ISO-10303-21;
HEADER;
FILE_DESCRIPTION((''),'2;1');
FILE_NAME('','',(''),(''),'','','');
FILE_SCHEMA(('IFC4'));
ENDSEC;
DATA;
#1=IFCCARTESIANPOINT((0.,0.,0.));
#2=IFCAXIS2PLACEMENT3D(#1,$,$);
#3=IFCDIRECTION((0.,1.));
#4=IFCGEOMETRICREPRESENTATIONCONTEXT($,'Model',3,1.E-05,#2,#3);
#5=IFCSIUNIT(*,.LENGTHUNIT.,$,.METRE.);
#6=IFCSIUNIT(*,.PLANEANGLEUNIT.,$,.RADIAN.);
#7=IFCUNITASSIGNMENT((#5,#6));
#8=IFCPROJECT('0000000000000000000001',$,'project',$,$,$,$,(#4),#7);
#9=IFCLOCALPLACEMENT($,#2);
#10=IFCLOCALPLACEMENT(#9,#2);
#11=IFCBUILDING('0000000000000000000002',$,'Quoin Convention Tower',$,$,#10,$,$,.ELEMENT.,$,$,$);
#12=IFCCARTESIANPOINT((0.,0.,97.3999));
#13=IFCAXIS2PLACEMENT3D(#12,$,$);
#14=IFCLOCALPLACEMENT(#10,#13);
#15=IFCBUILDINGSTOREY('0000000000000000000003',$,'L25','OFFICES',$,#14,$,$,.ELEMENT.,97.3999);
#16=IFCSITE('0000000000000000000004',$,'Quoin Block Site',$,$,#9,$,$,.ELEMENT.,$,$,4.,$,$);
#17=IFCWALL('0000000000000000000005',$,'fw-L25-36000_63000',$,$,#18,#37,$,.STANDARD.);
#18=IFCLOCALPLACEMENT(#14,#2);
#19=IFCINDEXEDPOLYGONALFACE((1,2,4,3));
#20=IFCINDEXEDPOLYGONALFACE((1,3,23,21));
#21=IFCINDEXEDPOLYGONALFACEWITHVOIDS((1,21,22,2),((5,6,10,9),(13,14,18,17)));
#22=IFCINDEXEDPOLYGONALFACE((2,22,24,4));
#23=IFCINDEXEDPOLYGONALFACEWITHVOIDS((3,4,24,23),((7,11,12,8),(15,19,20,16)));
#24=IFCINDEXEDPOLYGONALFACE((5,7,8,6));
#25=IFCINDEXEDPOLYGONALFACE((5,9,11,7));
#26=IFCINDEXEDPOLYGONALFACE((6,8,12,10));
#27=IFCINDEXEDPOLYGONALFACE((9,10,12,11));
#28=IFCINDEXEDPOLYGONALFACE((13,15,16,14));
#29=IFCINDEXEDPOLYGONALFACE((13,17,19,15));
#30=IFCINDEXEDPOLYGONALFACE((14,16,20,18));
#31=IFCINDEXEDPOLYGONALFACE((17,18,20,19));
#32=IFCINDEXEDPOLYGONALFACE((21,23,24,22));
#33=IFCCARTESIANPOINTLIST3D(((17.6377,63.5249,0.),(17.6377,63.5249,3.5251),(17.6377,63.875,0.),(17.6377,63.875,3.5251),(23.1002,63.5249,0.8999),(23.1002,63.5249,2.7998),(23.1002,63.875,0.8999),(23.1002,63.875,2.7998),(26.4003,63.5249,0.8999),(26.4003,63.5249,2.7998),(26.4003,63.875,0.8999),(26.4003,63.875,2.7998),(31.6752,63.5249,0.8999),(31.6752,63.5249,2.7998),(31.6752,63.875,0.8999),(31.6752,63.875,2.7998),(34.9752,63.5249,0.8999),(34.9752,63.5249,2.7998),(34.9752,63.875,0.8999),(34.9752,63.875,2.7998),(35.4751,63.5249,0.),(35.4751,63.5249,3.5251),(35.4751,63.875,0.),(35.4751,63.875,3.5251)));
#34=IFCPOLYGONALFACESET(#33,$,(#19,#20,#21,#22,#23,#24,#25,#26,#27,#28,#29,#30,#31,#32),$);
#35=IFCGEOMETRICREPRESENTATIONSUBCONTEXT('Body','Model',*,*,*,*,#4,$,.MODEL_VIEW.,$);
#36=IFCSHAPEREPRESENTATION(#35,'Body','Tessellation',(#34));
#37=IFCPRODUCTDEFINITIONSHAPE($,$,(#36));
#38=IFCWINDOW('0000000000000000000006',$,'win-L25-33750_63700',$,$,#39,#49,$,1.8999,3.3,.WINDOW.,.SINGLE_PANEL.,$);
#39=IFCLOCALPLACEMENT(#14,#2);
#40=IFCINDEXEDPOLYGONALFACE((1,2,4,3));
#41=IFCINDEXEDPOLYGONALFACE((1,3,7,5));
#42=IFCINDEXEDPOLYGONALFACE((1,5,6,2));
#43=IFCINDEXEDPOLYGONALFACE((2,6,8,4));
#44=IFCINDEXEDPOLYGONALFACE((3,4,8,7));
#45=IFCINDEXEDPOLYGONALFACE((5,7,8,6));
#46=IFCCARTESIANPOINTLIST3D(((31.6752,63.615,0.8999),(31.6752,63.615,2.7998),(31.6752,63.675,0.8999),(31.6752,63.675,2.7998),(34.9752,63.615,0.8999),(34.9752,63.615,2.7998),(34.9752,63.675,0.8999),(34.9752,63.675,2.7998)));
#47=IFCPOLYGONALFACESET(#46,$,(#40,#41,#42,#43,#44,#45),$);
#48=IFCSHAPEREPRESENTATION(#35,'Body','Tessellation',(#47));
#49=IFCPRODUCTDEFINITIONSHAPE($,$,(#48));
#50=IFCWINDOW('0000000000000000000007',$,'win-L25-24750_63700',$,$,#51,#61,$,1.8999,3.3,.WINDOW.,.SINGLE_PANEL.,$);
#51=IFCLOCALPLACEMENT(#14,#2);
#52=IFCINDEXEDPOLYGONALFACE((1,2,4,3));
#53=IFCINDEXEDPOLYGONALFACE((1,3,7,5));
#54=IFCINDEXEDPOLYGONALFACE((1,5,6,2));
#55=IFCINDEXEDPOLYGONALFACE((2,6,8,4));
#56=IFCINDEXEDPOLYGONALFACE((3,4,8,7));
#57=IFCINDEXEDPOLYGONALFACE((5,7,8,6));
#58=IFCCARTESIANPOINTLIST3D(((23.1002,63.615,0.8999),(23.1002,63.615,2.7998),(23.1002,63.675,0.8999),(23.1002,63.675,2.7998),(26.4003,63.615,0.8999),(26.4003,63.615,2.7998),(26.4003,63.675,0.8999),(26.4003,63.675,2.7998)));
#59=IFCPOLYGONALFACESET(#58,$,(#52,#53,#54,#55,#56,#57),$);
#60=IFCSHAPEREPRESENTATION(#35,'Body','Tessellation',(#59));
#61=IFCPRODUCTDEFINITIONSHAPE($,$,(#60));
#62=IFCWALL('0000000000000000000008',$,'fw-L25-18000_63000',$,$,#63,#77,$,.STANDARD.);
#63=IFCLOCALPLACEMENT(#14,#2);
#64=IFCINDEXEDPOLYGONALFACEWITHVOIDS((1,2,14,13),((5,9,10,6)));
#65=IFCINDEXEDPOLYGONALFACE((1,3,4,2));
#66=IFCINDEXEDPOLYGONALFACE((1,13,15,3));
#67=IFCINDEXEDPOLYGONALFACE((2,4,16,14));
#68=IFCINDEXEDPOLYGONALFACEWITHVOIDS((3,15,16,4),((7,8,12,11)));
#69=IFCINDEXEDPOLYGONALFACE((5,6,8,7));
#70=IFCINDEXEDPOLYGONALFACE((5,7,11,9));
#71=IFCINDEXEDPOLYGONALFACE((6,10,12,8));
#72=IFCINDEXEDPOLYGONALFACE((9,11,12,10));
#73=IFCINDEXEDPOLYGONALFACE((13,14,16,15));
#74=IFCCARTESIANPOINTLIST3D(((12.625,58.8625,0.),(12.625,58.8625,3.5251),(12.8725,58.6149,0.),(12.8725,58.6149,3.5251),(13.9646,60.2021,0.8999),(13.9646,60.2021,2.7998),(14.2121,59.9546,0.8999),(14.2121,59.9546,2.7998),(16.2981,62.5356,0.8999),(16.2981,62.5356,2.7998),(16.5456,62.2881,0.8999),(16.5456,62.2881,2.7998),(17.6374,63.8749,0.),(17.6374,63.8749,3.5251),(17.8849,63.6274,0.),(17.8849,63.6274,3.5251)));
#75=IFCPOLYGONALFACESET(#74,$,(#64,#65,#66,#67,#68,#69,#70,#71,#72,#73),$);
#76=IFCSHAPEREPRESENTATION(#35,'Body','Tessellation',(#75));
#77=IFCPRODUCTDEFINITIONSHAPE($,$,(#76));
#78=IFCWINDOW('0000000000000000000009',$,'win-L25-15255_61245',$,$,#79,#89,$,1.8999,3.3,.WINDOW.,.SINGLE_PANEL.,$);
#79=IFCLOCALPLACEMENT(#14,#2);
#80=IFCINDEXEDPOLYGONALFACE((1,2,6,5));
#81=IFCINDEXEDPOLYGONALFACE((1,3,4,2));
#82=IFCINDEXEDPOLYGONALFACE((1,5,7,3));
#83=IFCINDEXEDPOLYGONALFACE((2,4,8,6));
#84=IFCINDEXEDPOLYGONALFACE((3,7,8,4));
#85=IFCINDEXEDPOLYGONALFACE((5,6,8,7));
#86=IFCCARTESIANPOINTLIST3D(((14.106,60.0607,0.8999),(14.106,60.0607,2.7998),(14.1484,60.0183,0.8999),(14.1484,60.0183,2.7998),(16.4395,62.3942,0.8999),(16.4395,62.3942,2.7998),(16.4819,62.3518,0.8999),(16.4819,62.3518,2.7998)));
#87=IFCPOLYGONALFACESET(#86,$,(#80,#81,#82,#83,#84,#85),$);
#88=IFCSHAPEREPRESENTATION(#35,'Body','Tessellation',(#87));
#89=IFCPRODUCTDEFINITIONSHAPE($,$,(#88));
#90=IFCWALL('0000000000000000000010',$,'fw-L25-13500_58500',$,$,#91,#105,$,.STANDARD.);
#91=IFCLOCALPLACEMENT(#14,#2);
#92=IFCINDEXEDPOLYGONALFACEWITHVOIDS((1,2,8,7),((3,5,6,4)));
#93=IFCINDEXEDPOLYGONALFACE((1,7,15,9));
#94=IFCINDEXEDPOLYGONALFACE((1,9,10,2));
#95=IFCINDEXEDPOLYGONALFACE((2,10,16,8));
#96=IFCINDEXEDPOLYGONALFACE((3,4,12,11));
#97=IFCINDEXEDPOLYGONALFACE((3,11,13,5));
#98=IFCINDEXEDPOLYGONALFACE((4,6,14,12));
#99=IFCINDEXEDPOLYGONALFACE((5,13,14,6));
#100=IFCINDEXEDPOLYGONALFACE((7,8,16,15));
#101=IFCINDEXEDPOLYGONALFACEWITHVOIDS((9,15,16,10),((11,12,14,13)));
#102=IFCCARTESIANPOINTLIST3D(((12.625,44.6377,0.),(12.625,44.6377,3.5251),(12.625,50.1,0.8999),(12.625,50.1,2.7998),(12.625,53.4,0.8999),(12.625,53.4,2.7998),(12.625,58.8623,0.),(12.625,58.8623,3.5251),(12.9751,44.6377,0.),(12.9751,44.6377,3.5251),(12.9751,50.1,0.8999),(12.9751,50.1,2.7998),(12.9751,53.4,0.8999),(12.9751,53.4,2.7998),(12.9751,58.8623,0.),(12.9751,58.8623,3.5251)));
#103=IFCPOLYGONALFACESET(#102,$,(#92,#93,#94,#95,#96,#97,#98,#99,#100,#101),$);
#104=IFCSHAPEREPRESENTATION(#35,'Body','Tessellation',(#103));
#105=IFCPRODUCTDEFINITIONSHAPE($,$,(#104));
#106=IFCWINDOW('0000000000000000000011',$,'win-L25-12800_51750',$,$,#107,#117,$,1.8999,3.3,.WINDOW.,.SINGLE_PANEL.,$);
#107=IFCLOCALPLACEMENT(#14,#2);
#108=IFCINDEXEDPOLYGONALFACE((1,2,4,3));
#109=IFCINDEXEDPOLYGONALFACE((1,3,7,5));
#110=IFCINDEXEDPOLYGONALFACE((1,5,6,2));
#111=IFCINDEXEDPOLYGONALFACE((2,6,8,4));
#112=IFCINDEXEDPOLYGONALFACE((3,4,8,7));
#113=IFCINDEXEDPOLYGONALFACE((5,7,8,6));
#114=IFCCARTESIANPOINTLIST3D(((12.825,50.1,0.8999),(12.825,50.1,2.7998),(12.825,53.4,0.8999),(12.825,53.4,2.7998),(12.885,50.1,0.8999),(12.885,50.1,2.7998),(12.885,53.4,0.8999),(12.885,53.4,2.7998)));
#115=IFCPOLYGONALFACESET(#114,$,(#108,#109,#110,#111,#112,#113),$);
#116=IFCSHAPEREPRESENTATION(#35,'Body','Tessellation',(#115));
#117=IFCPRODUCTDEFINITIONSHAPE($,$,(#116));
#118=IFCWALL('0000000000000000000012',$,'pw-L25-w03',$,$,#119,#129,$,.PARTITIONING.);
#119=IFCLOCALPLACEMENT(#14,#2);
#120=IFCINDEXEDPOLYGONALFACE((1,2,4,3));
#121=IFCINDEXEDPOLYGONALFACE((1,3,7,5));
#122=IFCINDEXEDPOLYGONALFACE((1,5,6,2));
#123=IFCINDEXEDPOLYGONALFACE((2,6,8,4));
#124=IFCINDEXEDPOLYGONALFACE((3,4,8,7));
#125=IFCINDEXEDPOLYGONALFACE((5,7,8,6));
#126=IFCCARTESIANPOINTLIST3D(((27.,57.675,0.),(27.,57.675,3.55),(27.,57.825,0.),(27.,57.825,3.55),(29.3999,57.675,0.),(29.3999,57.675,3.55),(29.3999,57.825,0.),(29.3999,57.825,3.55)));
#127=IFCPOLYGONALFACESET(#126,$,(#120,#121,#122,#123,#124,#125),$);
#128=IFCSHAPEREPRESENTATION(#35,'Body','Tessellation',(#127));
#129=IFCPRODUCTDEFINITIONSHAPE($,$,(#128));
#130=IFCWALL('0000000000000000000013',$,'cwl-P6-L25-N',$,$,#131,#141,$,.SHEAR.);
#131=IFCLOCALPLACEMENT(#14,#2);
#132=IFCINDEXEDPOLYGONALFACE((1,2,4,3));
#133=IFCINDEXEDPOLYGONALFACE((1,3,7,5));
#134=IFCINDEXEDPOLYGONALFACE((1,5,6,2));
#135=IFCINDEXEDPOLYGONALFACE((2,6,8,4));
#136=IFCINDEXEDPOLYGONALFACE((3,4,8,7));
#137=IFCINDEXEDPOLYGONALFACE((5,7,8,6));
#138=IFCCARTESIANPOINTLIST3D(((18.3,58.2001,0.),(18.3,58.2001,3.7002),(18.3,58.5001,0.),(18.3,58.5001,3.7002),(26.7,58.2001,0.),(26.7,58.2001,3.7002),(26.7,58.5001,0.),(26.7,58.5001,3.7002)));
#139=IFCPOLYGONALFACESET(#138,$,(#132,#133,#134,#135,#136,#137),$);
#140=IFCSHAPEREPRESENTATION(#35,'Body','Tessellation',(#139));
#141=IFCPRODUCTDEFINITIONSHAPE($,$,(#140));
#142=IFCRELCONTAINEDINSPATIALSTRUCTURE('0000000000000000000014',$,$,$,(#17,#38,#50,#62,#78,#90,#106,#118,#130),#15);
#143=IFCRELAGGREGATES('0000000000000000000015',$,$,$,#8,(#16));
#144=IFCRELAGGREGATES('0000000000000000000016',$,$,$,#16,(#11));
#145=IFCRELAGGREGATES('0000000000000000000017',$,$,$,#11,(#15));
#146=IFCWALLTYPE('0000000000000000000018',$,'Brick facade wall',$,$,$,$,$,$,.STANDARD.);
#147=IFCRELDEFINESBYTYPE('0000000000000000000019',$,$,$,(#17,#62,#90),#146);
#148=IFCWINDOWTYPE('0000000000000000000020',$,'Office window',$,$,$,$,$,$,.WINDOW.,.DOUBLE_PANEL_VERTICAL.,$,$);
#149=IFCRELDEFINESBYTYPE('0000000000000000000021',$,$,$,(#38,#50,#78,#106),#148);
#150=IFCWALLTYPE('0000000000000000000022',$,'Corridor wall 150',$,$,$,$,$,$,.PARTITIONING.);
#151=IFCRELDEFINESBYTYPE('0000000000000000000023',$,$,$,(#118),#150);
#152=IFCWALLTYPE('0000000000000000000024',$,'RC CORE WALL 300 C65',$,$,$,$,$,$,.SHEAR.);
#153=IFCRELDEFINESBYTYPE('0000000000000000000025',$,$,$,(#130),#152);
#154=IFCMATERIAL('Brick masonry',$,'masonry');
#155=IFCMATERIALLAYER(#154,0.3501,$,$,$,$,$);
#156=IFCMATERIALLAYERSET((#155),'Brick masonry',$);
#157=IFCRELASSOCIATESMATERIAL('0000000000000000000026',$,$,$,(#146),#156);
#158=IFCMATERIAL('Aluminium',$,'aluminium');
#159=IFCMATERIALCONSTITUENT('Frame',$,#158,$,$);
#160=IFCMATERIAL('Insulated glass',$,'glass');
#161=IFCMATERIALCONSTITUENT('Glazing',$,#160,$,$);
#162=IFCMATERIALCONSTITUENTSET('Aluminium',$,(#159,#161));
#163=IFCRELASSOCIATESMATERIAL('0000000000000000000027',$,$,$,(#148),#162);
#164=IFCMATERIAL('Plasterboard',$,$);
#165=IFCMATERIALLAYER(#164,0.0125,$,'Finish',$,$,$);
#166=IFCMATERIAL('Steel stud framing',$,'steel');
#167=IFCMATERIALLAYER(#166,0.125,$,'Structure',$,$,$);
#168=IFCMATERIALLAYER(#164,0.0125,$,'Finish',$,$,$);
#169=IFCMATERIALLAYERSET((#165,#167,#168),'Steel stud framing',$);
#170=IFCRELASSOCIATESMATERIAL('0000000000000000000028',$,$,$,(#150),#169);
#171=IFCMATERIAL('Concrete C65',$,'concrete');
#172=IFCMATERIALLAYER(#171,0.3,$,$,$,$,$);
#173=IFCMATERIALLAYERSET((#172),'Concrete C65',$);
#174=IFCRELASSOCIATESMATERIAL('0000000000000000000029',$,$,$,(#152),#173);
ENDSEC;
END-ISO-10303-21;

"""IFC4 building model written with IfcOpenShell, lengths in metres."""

from ifc_helpers import new_model, si_unit, direction, frame, frame_2d, origin, place, context, subcontext, project, spatial, rectangle, extrude, material, layer, layer_set, constituent, constituent_set, type_object, element, fill, save


model = new_model("IFC4")

# Units and contexts
model_context = context("Model", 3, precision=1e-05, world=origin(), true_north=direction((0.0, 1.0)))
body_context = subcontext(model_context, "Body", "Model", "MODEL_VIEW")
ifc_project = project(units=[si_unit("LENGTHUNIT", "METRE"), si_unit("PLANEANGLEUNIT", "RADIAN")], contexts=[model_context])

# Site, building, storey
site_placement = place(None, origin())
site = spatial("IfcSite", under=ifc_project, at=site_placement, Name="Quoin Block Site", CompositionType="ELEMENT", RefElevation=4.0)
building_placement = place(site_placement, origin())
building = spatial("IfcBuilding", under=site, at=building_placement, Name="Quoin Convention Tower", CompositionType="ELEMENT")
storey_placement = place(building_placement, frame((0.0, 0.0, 97.3999)))
storey = spatial("IfcBuildingStorey", under=building, at=storey_placement, Name="L25", Description="OFFICES", CompositionType="ELEMENT", Elevation=97.3999)

# Shared definitions
ifc_material_1 = material(Name="Concrete C65", Category="concrete")

# Shared definitions
ifc_material_2 = material(Name="Brick masonry", Category="masonry")
ifc_layer_1 = layer(ifc_material_2, 0.3501)
ifc_layer_set_1 = layer_set([ifc_layer_1], Name="Brick masonry")
wall_type_1 = type_object("IfcWallType", Name="Brick facade wall", PredefinedType="STANDARD", material=ifc_layer_set_1)
ifc_material_3 = material(Name="Aluminium", Category="aluminium")
ifc_constituent_1 = constituent(ifc_material_3, Name="Frame")
ifc_material_4 = material(Name="Insulated glass", Category="glass")
ifc_constituent_2 = constituent(ifc_material_4, Name="Glazing")
ifc_constituent_set = constituent_set(constituents=[ifc_constituent_1, ifc_constituent_2], Name="Aluminium")
window_type = type_object("IfcWindowType", Name="Office window", PartitioningType="DOUBLE_PANEL_VERTICAL", PredefinedType="WINDOW", material=ifc_constituent_set)

# Wall, openings, windows
wall_1_placement = place(storey_placement, frame((35.4751, 63.7, 0.0), z_axis=(0.0, 0.0, 1.0), x_axis=(-1.0, 0.0, 0.0)))
wall_1 = element("IfcWall", 1, at=wall_1_placement, inside=storey, type_object=wall_type_1, Name="fw-L25-36000_63000", PredefinedType="STANDARD", context=body_context, shape_type="SweptSolid", body=[
    extrude(rectangle(XDim=17.8374, YDim=0.3501, at=frame_2d((8.9187, 0.0))), origin(), (0.0, 0.0, 1.0), 3.5251),
])
opening_1_placement = place(wall_1_placement, frame((0.5, 0.0, 0.8999)))
opening_1 = element("IfcOpeningElement", 2, at=opening_1_placement, cuts=wall_1, PredefinedType="OPENING", context=body_context, shape_type="SweptSolid", body=[
    extrude(rectangle(XDim=3.3, YDim=1.8999, at=frame_2d((1.6499, 0.95))), frame((0.0, 0.1851, 0.0), z_axis=(0.0, -1.0, 0.0), x_axis=(1.0, 0.0, 0.0)), (0.0, 0.0, 1.0), 0.3701),
])
opening_2_placement = place(wall_1_placement, frame((9.075, 0.0, 0.8999)))
opening_2 = element("IfcOpeningElement", 3, at=opening_2_placement, cuts=wall_1, PredefinedType="OPENING", context=body_context, shape_type="SweptSolid", body=[
    extrude(rectangle(XDim=3.3, YDim=1.8999, at=frame_2d((1.6499, 0.95))), frame((0.0, 0.1851, 0.0), z_axis=(0.0, -1.0, 0.0), x_axis=(1.0, 0.0, 0.0)), (0.0, 0.0, 1.0), 0.3701),
])
window_1_placement = place(opening_1_placement, origin())
window_1 = element("IfcWindow", 4, at=window_1_placement, inside=storey, type_object=window_type, Name="win-L25-33750_63700", OverallHeight=1.8999, OverallWidth=3.3, PartitioningType="SINGLE_PANEL", PredefinedType="WINDOW", context=body_context, shape_type="SweptSolid", body=[
    extrude(rectangle(XDim=3.3, YDim=1.8999, at=frame_2d((1.6499, 0.95))), frame((0.0, 0.085, 0.0), z_axis=(0.0, -1.0, 0.0), x_axis=(1.0, 0.0, 0.0)), (0.0, 0.0, 1.0), 0.0601),
])
fill(opening_1, window_1)
window_2_placement = place(opening_2_placement, origin())
window_2 = element("IfcWindow", 5, at=window_2_placement, inside=storey, type_object=window_type, Name="win-L25-24750_63700", OverallHeight=1.8999, OverallWidth=3.3, PartitioningType="SINGLE_PANEL", PredefinedType="WINDOW", context=body_context, shape_type="SweptSolid", body=[
    extrude(rectangle(XDim=3.3, YDim=1.8999, at=frame_2d((1.6499, 0.95))), frame((0.0, 0.085, 0.0), z_axis=(0.0, -1.0, 0.0), x_axis=(1.0, 0.0, 0.0)), (0.0, 0.0, 1.0), 0.0601),
])
fill(opening_2, window_2)

# Walls, openings, windows
wall_2_placement = place(storey_placement, frame((17.7612, 63.7512, 0.0), z_axis=(0.0, 0.0, 1.0), x_axis=(-0.707107, -0.707107, 0.0)))
wall_2 = element("IfcWall", 6, at=wall_2_placement, inside=storey, type_object=wall_type_1, Name="fw-L25-18000_63000", PredefinedType="STANDARD", context=body_context, shape_type="SweptSolid", body=[
    extrude(rectangle(XDim=7.0886, YDim=0.3501, at=frame_2d((3.5444, 0.0))), origin(), (0.0, 0.0, 1.0), 3.5251),
])
opening_3_placement = place(wall_2_placement, frame((1.8943, 0.0, 0.8999)))
opening_3 = element("IfcOpeningElement", 7, at=opening_3_placement, cuts=wall_2, PredefinedType="OPENING", context=body_context, shape_type="SweptSolid", body=[
    extrude(rectangle(XDim=3.3, YDim=1.8999, at=frame_2d((1.6499, 0.95))), frame((0.0, 0.1851, 0.0), z_axis=(0.0, -1.0, 0.0), x_axis=(1.0, 0.0, 0.0)), (0.0, 0.0, 1.0), 0.3701),
])
window_3_placement = place(opening_3_placement, origin())
window_3 = element("IfcWindow", 8, at=window_3_placement, inside=storey, type_object=window_type, Name="win-L25-15255_61245", OverallHeight=1.8999, OverallWidth=3.3, PartitioningType="SINGLE_PANEL", PredefinedType="WINDOW", context=body_context, shape_type="SweptSolid", body=[
    extrude(rectangle(XDim=3.3, YDim=1.8999, at=frame_2d((1.6499, 0.95))), frame((0.0, 0.085, 0.0), z_axis=(0.0, -1.0, 0.0), x_axis=(1.0, 0.0, 0.0)), (0.0, 0.0, 1.0), 0.0601),
])
fill(opening_3, window_3)
wall_3_placement = place(storey_placement, frame((12.8, 58.8623, 0.0), z_axis=(0.0, 0.0, 1.0), x_axis=(0.0, -1.0, 0.0)))
wall_3 = element("IfcWall", 9, at=wall_3_placement, inside=storey, type_object=wall_type_1, Name="fw-L25-13500_58500", PredefinedType="STANDARD", context=body_context, shape_type="SweptSolid", body=[
    extrude(rectangle(XDim=14.2246, YDim=0.3501, at=frame_2d((7.1123, 0.0))), origin(), (0.0, 0.0, 1.0), 3.5251),
])
opening_4_placement = place(wall_3_placement, frame((5.4624, 0.0, 0.8999)))
opening_4 = element("IfcOpeningElement", 10, at=opening_4_placement, cuts=wall_3, PredefinedType="OPENING", context=body_context, shape_type="SweptSolid", body=[
    extrude(rectangle(XDim=3.3, YDim=1.8999, at=frame_2d((1.6499, 0.95))), frame((0.0, 0.1851, 0.0), z_axis=(0.0, -1.0, 0.0), x_axis=(1.0, 0.0, 0.0)), (0.0, 0.0, 1.0), 0.3701),
])
window_4_placement = place(opening_4_placement, origin())
window_4 = element("IfcWindow", 11, at=window_4_placement, inside=storey, type_object=window_type, Name="win-L25-12800_51750", OverallHeight=1.8999, OverallWidth=3.3, PartitioningType="SINGLE_PANEL", PredefinedType="WINDOW", context=body_context, shape_type="SweptSolid", body=[
    extrude(rectangle(XDim=3.3, YDim=1.8999, at=frame_2d((1.6499, 0.95))), frame((0.0, 0.085, 0.0), z_axis=(0.0, -1.0, 0.0), x_axis=(1.0, 0.0, 0.0)), (0.0, 0.0, 1.0), 0.0601),
])
fill(opening_4, window_4)

# Walls
ifc_material_5 = material(Name="Plasterboard")
ifc_layer_2 = layer(ifc_material_5, 0.0125, Name="Finish")
ifc_material_6 = material(Name="Steel stud framing", Category="steel")
ifc_layer_3 = layer(ifc_material_6, 0.125, Name="Structure")
ifc_layer_4 = layer(ifc_material_5, 0.0125, Name="Finish")
ifc_layer_set_2 = layer_set([ifc_layer_2, ifc_layer_3, ifc_layer_4], Name="Steel stud framing")
wall_type_2 = type_object("IfcWallType", Name="Corridor wall 150", PredefinedType="PARTITIONING", material=ifc_layer_set_2)
wall_4_placement = place(storey_placement, frame((27.0, 57.75, 0.0), z_axis=(0.0, 0.0, 1.0), x_axis=(1.0, 0.0, 0.0)))
element("IfcWall", 12, at=wall_4_placement, inside=storey, type_object=wall_type_2, Name="pw-L25-w03", PredefinedType="PARTITIONING", context=body_context, shape_type="SweptSolid", body=[
    extrude(rectangle(XDim=2.3999, YDim=0.1499, at=frame_2d((1.2, 0.0))), origin(), (0.0, 0.0, 1.0), 3.55),
])
ifc_layer_5 = layer(ifc_material_1, 0.3)
ifc_layer_set_3 = layer_set([ifc_layer_5], Name="Concrete C65")
wall_type_3 = type_object("IfcWallType", Name="RC CORE WALL 300 C65", PredefinedType="SHEAR", material=ifc_layer_set_3)
wall_5_placement = place(storey_placement, frame((18.3, 58.3501, 0.0), z_axis=(0.0, 0.0, 1.0), x_axis=(1.0, 0.0, 0.0)))
element("IfcWall", 13, at=wall_5_placement, inside=storey, type_object=wall_type_3, Name="cwl-P6-L25-N", PredefinedType="SHEAR", context=body_context, shape_type="SweptSolid", body=[
    extrude(rectangle(XDim=8.3999, YDim=0.3, at=frame_2d((4.2, 0.0))), origin(), (0.0, 0.0, 1.0), 3.7002),
])

save(model, "model.ifc")
